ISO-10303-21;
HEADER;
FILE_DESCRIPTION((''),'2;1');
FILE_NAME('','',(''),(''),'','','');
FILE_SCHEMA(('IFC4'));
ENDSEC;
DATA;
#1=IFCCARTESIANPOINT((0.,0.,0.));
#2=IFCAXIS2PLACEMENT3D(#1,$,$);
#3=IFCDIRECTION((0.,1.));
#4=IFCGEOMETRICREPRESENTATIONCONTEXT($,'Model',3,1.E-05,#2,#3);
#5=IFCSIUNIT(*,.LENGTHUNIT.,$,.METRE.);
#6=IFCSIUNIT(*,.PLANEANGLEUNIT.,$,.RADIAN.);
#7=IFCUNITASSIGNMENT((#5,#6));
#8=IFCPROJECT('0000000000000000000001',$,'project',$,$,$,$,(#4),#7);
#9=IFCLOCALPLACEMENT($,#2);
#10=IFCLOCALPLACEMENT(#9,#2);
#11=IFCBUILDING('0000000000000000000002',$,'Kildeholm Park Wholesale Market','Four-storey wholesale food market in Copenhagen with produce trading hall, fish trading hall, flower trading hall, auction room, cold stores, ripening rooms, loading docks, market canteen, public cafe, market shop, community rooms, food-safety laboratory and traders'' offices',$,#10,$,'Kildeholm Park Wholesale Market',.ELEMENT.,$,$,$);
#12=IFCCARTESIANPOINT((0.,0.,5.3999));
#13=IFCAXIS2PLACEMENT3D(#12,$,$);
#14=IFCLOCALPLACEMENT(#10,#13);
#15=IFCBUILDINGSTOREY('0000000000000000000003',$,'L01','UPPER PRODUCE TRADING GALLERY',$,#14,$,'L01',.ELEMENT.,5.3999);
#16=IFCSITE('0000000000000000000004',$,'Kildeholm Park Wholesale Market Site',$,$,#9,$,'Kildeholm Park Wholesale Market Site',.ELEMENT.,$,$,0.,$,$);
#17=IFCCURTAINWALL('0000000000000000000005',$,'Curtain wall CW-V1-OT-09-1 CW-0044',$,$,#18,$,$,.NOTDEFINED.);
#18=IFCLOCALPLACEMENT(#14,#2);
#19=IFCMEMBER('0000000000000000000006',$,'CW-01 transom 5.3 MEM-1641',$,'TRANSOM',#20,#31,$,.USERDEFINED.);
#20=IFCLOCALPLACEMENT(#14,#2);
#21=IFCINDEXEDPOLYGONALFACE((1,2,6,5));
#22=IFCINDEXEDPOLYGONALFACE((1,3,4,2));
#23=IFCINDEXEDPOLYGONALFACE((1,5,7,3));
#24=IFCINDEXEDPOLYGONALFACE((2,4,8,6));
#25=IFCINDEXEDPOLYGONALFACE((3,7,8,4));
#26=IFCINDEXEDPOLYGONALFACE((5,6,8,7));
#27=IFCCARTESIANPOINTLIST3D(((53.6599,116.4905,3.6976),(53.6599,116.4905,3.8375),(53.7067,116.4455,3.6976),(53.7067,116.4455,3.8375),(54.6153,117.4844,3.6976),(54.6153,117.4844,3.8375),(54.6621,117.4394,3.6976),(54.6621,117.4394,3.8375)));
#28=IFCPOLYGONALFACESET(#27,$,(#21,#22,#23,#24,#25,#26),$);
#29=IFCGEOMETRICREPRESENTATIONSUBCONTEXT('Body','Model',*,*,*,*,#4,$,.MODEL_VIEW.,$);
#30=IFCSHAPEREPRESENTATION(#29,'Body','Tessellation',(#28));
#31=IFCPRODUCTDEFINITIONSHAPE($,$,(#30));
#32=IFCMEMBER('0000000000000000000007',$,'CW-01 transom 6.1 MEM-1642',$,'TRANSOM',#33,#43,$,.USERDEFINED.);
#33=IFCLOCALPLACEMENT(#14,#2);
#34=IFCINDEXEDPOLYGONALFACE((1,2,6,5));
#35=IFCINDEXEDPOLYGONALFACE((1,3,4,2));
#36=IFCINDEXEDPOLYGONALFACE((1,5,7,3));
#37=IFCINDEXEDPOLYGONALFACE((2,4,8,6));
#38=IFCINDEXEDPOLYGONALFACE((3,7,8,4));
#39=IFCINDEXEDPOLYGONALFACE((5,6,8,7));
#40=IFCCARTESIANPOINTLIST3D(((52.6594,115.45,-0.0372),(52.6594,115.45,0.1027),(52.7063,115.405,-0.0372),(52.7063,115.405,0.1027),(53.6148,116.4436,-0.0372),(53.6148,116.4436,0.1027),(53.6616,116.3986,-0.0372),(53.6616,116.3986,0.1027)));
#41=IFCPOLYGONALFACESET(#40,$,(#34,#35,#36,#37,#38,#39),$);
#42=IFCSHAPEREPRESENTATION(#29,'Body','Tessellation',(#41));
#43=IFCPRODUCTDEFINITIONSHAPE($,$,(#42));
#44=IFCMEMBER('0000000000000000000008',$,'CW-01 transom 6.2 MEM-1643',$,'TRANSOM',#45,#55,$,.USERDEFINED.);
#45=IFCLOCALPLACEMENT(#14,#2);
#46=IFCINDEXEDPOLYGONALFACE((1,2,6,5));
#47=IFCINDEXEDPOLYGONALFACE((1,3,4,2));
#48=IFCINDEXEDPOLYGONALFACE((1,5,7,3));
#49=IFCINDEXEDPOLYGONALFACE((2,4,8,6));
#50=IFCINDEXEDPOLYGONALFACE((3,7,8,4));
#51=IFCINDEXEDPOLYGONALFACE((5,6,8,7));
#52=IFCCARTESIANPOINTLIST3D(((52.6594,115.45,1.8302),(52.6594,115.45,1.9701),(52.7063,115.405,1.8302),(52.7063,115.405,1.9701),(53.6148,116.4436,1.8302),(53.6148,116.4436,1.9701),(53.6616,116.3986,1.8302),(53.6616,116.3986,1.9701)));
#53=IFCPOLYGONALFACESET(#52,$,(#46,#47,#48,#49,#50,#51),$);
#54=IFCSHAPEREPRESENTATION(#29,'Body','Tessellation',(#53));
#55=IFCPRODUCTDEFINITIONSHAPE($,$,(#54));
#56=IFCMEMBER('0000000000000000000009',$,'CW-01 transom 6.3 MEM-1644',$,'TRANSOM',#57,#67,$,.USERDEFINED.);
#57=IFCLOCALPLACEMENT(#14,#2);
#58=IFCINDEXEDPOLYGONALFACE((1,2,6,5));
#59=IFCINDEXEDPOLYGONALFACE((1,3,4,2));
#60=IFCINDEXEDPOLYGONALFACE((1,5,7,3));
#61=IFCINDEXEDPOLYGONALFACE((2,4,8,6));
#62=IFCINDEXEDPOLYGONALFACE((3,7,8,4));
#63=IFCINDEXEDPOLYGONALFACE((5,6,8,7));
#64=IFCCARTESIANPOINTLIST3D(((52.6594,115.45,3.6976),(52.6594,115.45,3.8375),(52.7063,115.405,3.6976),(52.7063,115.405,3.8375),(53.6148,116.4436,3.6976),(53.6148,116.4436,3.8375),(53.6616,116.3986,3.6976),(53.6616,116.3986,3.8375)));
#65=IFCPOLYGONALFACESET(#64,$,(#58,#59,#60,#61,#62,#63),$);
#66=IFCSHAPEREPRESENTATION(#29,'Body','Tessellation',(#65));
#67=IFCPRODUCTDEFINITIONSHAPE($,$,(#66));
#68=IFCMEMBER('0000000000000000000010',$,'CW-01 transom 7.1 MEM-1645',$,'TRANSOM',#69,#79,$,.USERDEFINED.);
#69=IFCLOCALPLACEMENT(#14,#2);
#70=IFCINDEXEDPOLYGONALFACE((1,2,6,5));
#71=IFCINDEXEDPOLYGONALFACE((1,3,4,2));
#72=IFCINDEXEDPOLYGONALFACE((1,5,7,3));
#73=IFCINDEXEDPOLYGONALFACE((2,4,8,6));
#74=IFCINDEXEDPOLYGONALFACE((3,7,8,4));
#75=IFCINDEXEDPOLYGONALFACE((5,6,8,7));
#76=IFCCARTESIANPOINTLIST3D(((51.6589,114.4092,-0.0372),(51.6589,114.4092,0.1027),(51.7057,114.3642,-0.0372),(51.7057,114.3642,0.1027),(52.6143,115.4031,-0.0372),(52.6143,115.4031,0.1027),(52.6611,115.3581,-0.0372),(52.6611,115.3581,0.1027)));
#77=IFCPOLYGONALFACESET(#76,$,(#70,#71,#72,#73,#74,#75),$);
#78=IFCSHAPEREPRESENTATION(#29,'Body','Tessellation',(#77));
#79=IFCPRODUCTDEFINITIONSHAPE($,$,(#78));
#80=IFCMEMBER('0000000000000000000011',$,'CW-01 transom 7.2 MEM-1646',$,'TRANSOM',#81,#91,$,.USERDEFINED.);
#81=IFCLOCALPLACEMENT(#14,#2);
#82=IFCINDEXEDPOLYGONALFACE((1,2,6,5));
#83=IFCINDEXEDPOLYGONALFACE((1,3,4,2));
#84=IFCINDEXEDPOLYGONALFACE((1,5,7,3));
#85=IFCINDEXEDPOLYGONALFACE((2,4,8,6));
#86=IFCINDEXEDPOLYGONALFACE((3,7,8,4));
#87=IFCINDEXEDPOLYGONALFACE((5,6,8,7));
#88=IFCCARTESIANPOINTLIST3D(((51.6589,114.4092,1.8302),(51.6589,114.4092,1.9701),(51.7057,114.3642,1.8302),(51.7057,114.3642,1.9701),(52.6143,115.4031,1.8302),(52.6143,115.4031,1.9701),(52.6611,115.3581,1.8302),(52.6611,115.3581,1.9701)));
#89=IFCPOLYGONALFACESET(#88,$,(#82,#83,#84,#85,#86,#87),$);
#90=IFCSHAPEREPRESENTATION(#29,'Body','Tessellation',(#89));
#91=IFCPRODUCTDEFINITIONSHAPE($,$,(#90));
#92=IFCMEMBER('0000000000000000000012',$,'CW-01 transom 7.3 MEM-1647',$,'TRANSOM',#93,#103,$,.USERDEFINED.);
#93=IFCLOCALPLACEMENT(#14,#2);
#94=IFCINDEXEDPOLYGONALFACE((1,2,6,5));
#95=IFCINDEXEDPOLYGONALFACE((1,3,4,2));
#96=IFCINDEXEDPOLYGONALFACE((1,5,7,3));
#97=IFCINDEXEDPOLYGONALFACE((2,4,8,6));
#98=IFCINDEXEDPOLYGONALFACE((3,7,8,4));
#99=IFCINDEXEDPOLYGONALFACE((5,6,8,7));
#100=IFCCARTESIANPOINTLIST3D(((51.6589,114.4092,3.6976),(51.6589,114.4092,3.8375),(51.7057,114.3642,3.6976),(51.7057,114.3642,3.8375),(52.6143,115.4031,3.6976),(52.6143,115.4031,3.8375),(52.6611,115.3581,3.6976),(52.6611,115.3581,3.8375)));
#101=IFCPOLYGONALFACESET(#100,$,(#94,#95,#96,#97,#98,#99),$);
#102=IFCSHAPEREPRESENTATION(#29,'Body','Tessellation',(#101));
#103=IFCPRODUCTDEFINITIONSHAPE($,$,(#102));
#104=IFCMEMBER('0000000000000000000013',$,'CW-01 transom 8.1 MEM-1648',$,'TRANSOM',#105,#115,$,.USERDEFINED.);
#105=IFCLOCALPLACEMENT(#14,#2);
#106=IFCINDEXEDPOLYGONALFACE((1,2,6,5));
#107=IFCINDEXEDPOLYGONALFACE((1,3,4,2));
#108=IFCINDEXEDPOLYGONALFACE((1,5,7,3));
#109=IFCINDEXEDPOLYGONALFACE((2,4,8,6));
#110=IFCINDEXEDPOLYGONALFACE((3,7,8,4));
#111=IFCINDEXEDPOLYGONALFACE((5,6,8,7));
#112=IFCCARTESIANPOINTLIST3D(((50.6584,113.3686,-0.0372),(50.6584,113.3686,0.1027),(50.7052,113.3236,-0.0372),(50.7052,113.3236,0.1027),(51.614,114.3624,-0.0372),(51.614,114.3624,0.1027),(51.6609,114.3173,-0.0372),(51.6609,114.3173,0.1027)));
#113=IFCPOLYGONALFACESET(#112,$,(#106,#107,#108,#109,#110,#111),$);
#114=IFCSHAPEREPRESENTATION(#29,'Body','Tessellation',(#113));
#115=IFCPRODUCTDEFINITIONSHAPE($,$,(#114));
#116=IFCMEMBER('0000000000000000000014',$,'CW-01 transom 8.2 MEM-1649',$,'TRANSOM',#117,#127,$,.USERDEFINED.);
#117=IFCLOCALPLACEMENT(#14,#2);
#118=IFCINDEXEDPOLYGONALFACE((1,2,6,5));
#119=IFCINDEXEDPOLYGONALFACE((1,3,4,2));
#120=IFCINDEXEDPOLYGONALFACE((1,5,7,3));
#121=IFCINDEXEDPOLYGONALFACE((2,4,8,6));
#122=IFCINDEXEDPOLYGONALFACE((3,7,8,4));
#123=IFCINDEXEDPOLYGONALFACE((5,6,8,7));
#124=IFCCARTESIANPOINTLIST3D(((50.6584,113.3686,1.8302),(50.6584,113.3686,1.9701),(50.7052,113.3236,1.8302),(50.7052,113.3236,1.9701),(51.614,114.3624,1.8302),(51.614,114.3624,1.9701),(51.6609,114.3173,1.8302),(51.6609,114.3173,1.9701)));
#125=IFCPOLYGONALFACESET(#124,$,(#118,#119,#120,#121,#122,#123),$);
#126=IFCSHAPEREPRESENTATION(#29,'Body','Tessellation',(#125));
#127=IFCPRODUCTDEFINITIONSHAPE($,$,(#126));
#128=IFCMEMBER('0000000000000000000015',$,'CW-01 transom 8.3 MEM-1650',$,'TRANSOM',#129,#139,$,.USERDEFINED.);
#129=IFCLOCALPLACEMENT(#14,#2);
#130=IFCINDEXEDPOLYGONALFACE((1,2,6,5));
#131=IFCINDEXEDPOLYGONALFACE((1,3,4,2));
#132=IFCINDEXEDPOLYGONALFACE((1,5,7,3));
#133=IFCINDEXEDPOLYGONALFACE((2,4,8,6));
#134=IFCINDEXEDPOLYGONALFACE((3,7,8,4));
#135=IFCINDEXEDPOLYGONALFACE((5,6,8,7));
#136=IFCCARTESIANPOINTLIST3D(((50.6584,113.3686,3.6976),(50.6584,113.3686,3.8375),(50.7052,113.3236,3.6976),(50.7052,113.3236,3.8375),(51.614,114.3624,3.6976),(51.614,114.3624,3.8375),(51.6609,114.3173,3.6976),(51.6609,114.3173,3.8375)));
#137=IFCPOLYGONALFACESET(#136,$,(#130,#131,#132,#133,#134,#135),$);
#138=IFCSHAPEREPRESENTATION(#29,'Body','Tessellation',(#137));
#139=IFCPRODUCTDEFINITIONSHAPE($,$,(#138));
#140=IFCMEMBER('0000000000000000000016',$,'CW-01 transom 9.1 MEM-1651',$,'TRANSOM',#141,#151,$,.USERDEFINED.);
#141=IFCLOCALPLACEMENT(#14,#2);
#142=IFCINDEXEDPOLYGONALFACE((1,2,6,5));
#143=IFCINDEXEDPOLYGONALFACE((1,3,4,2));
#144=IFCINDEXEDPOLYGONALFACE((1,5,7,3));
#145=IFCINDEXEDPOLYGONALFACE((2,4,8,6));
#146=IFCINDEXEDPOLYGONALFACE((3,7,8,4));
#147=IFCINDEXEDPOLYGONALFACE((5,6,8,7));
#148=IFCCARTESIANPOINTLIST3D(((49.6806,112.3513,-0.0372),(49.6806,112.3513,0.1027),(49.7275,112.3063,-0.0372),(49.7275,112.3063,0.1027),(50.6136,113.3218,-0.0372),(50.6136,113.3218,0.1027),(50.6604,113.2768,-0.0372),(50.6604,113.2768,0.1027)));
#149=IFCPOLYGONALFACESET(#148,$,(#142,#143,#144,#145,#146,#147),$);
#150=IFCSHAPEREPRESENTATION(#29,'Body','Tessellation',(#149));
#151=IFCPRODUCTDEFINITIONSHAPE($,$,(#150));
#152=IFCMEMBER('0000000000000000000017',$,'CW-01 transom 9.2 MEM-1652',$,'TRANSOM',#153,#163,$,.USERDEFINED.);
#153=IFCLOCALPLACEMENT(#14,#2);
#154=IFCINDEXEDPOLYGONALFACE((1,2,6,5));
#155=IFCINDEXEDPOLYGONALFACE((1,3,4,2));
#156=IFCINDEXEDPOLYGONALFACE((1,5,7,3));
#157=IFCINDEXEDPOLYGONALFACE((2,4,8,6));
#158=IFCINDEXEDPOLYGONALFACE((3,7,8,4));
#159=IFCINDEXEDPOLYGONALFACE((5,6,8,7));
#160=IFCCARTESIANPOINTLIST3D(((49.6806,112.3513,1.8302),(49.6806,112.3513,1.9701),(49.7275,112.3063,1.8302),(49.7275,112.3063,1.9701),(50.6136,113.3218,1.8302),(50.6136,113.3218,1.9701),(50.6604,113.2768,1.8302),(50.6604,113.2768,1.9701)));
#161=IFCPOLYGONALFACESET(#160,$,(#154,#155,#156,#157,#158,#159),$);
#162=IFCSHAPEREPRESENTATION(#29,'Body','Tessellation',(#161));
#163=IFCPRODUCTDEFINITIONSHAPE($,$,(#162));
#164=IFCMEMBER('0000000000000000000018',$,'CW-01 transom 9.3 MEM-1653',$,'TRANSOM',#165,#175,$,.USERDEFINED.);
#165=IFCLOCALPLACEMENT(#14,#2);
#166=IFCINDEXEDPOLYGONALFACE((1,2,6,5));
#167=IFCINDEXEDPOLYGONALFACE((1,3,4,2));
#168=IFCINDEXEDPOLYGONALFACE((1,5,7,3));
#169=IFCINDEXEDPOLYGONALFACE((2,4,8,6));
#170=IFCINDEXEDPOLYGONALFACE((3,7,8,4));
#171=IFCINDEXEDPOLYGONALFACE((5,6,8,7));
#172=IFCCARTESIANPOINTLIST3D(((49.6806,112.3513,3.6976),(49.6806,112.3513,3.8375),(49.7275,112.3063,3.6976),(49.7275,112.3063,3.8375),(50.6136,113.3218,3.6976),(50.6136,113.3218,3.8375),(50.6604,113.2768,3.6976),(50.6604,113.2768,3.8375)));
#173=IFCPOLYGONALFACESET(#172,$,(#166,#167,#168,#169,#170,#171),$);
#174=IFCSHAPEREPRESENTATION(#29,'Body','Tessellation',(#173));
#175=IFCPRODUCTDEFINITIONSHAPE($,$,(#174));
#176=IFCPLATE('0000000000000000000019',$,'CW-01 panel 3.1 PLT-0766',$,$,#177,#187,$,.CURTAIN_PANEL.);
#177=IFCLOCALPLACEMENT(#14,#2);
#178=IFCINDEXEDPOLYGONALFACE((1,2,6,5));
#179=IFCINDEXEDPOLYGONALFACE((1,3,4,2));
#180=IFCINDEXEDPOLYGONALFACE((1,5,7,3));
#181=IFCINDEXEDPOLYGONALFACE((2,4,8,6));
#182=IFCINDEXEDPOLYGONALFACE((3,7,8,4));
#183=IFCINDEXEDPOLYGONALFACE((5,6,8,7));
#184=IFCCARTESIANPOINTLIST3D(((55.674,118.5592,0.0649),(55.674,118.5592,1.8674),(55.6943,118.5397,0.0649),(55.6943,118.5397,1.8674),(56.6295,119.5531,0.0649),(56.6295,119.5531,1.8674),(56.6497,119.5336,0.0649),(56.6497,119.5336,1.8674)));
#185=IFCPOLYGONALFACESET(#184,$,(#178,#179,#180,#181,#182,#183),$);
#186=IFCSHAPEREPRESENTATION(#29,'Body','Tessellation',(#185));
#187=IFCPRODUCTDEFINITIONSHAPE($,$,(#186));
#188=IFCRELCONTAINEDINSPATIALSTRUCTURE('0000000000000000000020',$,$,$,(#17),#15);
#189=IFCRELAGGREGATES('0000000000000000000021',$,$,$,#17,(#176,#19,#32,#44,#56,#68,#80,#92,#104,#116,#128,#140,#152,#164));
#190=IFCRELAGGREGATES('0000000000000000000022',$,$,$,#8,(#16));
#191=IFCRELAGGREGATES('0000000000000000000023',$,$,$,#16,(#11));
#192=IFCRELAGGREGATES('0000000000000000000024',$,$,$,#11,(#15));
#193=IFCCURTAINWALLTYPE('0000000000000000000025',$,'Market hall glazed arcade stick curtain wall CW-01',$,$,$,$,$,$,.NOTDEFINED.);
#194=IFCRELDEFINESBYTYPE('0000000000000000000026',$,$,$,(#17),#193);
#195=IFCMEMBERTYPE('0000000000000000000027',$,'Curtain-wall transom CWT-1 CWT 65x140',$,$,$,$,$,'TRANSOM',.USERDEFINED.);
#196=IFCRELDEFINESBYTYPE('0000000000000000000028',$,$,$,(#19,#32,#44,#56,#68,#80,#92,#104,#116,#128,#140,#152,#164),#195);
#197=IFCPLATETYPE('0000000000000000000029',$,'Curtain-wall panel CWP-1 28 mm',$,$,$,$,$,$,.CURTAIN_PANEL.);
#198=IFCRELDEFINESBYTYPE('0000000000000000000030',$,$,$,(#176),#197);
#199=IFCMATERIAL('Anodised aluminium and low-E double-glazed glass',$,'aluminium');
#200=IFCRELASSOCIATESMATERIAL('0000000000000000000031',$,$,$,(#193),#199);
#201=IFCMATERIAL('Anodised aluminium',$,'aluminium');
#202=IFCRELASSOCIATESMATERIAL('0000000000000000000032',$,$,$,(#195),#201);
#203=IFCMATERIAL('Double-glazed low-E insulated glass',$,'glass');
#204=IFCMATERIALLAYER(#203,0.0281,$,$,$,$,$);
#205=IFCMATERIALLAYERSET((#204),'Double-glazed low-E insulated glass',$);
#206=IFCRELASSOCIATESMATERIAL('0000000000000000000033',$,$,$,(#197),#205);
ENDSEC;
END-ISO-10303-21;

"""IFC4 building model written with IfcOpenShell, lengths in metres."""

from ifc_helpers import new_model, si_unit, direction, frame, origin, origin_2d, place, context, subcontext, project, spatial, rectangle, extrude, material, layer, layer_set, material_profile, profile_set, type_object, element, aggregate, save


model = new_model("IFC4")

# Units and contexts
model_context = context("Model", 3, precision=1e-05, world=origin(), true_north=direction((0.0, 1.0)))
body_context = subcontext(model_context, "Body", "Model", "MODEL_VIEW")
ifc_project = project(units=[si_unit("LENGTHUNIT", "METRE"), si_unit("PLANEANGLEUNIT", "RADIAN")], contexts=[model_context])

# Site, building, storey
site_placement = place(None, origin())
site = spatial("IfcSite", under=ifc_project, at=site_placement, Name="Kildeholm Park Wholesale Market Site", LongName="Kildeholm Park Wholesale Market Site", CompositionType="ELEMENT", RefElevation=0.0)
building_placement = place(site_placement, origin())
building = spatial("IfcBuilding", under=site, at=building_placement, Name="Kildeholm Park Wholesale Market", Description="Four-storey wholesale food market in Copenhagen with produce trading hall, fish trading hall, flower trading hall, auction room, cold stores, ripening rooms, loading docks, market canteen, public cafe, market shop, community rooms, food-safety laboratory and traders' offices", LongName="Kildeholm Park Wholesale Market", CompositionType="ELEMENT")
storey_placement = place(building_placement, frame((0.0, 0.0, 5.3999)))
storey = spatial("IfcBuildingStorey", under=building, at=storey_placement, Name="L01", Description="UPPER PRODUCE TRADING GALLERY", LongName="L01", CompositionType="ELEMENT", Elevation=5.3999)

# Curtain wall, members, plate
ifc_material_1 = material(Name="Anodised aluminium and low-E double-glazed glass", Category="aluminium")
curtain_wall_type = type_object("IfcCurtainWallType", Name="Market hall glazed arcade stick curtain wall CW-01", PredefinedType="NOTDEFINED", material=ifc_material_1)
curtain_wall_placement = place(storey_placement, origin())
curtain_wall = element("IfcCurtainWall", 1, at=curtain_wall_placement, inside=storey, type_object=curtain_wall_type, Name="Curtain wall CW-V1-OT-09-1 CW-0044", PredefinedType="NOTDEFINED")
ifc_material_2 = material(Name="Anodised aluminium", Category="aluminium")
ifc_material_profile_1 = material_profile(ifc_material_2, rectangle(XDim=0.0649, YDim=0.1399, at=origin_2d()), Name="CWT 65x140")
ifc_profile_set_1 = profile_set([ifc_material_profile_1], Name="Anodised aluminium")
member_type_1 = type_object("IfcMemberType", Name="Curtain-wall transom CWT-1 CWT 65x140", ElementType="TRANSOM", PredefinedType="USERDEFINED", material=ifc_profile_set_1)
member_1_placement = place(storey_placement, frame((54.6387, 117.4619, 3.7676), z_axis=(-0.692978, -0.720959, 0.0), x_axis=(0.720959, -0.692978, 0.0)))
member_1 = element("IfcMember", 2, at=member_1_placement, type_object=member_type_1, Name="CW-01 transom 5.3 MEM-1641", ObjectType="TRANSOM", PredefinedType="USERDEFINED", context=body_context, shape_type="SweptSolid", body=[
    extrude(rectangle(XDim=0.0649, YDim=0.1399, at=origin_2d()), origin(), (0.0, 0.0, 1.0), 1.3787),
])
member_2_placement = place(storey_placement, frame((53.6382, 116.4211, 0.0327), z_axis=(-0.693066, -0.720874, 0.0), x_axis=(0.720874, -0.693066, 0.0)))
member_2 = element("IfcMember", 3, at=member_2_placement, type_object=member_type_1, Name="CW-01 transom 6.1 MEM-1642", ObjectType="TRANSOM", PredefinedType="USERDEFINED", context=body_context, shape_type="SweptSolid", body=[
    extrude(rectangle(XDim=0.0649, YDim=0.1399, at=origin_2d()), origin(), (0.0, 0.0, 1.0), 1.3784),
])
member_3_placement = place(storey_placement, frame((53.6382, 116.4211, 1.9001), z_axis=(-0.693066, -0.720874, 0.0), x_axis=(0.720874, -0.693066, 0.0)))
member_3 = element("IfcMember", 4, at=member_3_placement, type_object=member_type_1, Name="CW-01 transom 6.2 MEM-1643", ObjectType="TRANSOM", PredefinedType="USERDEFINED", context=body_context, shape_type="SweptSolid", body=[
    extrude(rectangle(XDim=0.0649, YDim=0.1399, at=origin_2d()), origin(), (0.0, 0.0, 1.0), 1.3784),
])
member_4_placement = place(storey_placement, frame((53.6382, 116.4211, 3.7676), z_axis=(-0.693066, -0.720874, 0.0), x_axis=(0.720874, -0.693066, 0.0)))
member_4 = element("IfcMember", 5, at=member_4_placement, type_object=member_type_1, Name="CW-01 transom 6.3 MEM-1644", ObjectType="TRANSOM", PredefinedType="USERDEFINED", context=body_context, shape_type="SweptSolid", body=[
    extrude(rectangle(XDim=0.0649, YDim=0.1399, at=origin_2d()), origin(), (0.0, 0.0, 1.0), 1.3784),
])
member_5_placement = place(storey_placement, frame((52.6377, 115.3806, 0.0327), z_axis=(-0.692978, -0.720959, 0.0), x_axis=(0.720959, -0.692978, 0.0)))
member_5 = element("IfcMember", 6, at=member_5_placement, type_object=member_type_1, Name="CW-01 transom 7.1 MEM-1645", ObjectType="TRANSOM", PredefinedType="USERDEFINED", context=body_context, shape_type="SweptSolid", body=[
    extrude(rectangle(XDim=0.0649, YDim=0.1399, at=origin_2d()), origin(), (0.0, 0.0, 1.0), 1.3787),
])
member_6_placement = place(storey_placement, frame((52.6377, 115.3806, 1.9001), z_axis=(-0.692978, -0.720959, 0.0), x_axis=(0.720959, -0.692978, 0.0)))
member_6 = element("IfcMember", 7, at=member_6_placement, type_object=member_type_1, Name="CW-01 transom 7.2 MEM-1646", ObjectType="TRANSOM", PredefinedType="USERDEFINED", context=body_context, shape_type="SweptSolid", body=[
    extrude(rectangle(XDim=0.0649, YDim=0.1399, at=origin_2d()), origin(), (0.0, 0.0, 1.0), 1.3787),
])
member_7_placement = place(storey_placement, frame((52.6377, 115.3806, 3.7676), z_axis=(-0.692978, -0.720959, 0.0), x_axis=(0.720959, -0.692978, 0.0)))
member_7 = element("IfcMember", 8, at=member_7_placement, type_object=member_type_1, Name="CW-01 transom 7.3 MEM-1647", ObjectType="TRANSOM", PredefinedType="USERDEFINED", context=body_context, shape_type="SweptSolid", body=[
    extrude(rectangle(XDim=0.0649, YDim=0.1399, at=origin_2d()), origin(), (0.0, 0.0, 1.0), 1.3787),
])
member_8_placement = place(storey_placement, frame((51.6375, 114.3398, 0.0327), z_axis=(-0.693158, -0.720785, 0.0), x_axis=(0.720785, -0.693158, 0.0)))
member_8 = element("IfcMember", 9, at=member_8_placement, type_object=member_type_1, Name="CW-01 transom 8.1 MEM-1648", ObjectType="TRANSOM", PredefinedType="USERDEFINED", context=body_context, shape_type="SweptSolid", body=[
    extrude(rectangle(XDim=0.0649, YDim=0.1399, at=origin_2d()), origin(), (0.0, 0.0, 1.0), 1.3787),
])
member_9_placement = place(storey_placement, frame((51.6375, 114.3398, 1.9001), z_axis=(-0.693158, -0.720785, 0.0), x_axis=(0.720785, -0.693158, 0.0)))
member_9 = element("IfcMember", 10, at=member_9_placement, type_object=member_type_1, Name="CW-01 transom 8.2 MEM-1649", ObjectType="TRANSOM", PredefinedType="USERDEFINED", context=body_context, shape_type="SweptSolid", body=[
    extrude(rectangle(XDim=0.0649, YDim=0.1399, at=origin_2d()), origin(), (0.0, 0.0, 1.0), 1.3787),
])
member_10_placement = place(storey_placement, frame((51.6375, 114.3398, 3.7676), z_axis=(-0.693158, -0.720785, 0.0), x_axis=(0.720785, -0.693158, 0.0)))
member_10 = element("IfcMember", 11, at=member_10_placement, type_object=member_type_1, Name="CW-01 transom 8.3 MEM-1650", ObjectType="TRANSOM", PredefinedType="USERDEFINED", context=body_context, shape_type="SweptSolid", body=[
    extrude(rectangle(XDim=0.0649, YDim=0.1399, at=origin_2d()), origin(), (0.0, 0.0, 1.0), 1.3787),
])
member_11_placement = place(storey_placement, frame((50.637, 113.2993, 0.0327), z_axis=(-0.693004, -0.720934, 0.0), x_axis=(0.720934, -0.693004, 0.0)))
member_11 = element("IfcMember", 12, at=member_11_placement, type_object=member_type_1, Name="CW-01 transom 9.1 MEM-1651", ObjectType="TRANSOM", PredefinedType="USERDEFINED", context=body_context, shape_type="SweptSolid", body=[
    extrude(rectangle(XDim=0.0649, YDim=0.1399, at=origin_2d()), origin(), (0.0, 0.0, 1.0), 1.3462),
])
member_12_placement = place(storey_placement, frame((50.637, 113.2993, 1.9001), z_axis=(-0.693004, -0.720934, 0.0), x_axis=(0.720934, -0.693004, 0.0)))
member_12 = element("IfcMember", 13, at=member_12_placement, type_object=member_type_1, Name="CW-01 transom 9.2 MEM-1652", ObjectType="TRANSOM", PredefinedType="USERDEFINED", context=body_context, shape_type="SweptSolid", body=[
    extrude(rectangle(XDim=0.0649, YDim=0.1399, at=origin_2d()), origin(), (0.0, 0.0, 1.0), 1.3462),
])
member_13_placement = place(storey_placement, frame((50.637, 113.2993, 3.7676), z_axis=(-0.693004, -0.720934, 0.0), x_axis=(0.720934, -0.693004, 0.0)))
member_13 = element("IfcMember", 14, at=member_13_placement, type_object=member_type_1, Name="CW-01 transom 9.3 MEM-1653", ObjectType="TRANSOM", PredefinedType="USERDEFINED", context=body_context, shape_type="SweptSolid", body=[
    extrude(rectangle(XDim=0.0649, YDim=0.1399, at=origin_2d()), origin(), (0.0, 0.0, 1.0), 1.3462),
])
ifc_material_3 = material(Name="Double-glazed low-E insulated glass", Category="glass")
ifc_layer = layer(ifc_material_3, 0.0281)
ifc_layer_set = layer_set([ifc_layer], Name="Double-glazed low-E insulated glass")
plate_type = type_object("IfcPlateType", Name="Curtain-wall panel CWP-1 28 mm", PredefinedType="CURTAIN_PANEL", material=ifc_layer_set)
plate_1_placement = place(storey_placement, frame((56.1619, 119.0464, 0.0649), z_axis=(0.0, 0.0, 1.0), x_axis=(-0.693038, -0.720901, 0.0)))
plate_1 = element("IfcPlate", 15, at=plate_1_placement, type_object=plate_type, Name="CW-01 panel 3.1 PLT-0766", PredefinedType="CURTAIN_PANEL", context=body_context, shape_type="SweptSolid", body=[
    extrude(rectangle(XDim=1.3787, YDim=0.0281, at=origin_2d()), origin(), (0.0, 0.0, 1.0), 1.8025),
])
aggregate(curtain_wall, [plate_1, member_1, member_2, member_3, member_4, member_5, member_6, member_7, member_8, member_9, member_10, member_11, member_12, member_13])

save(model, "model.ifc")
